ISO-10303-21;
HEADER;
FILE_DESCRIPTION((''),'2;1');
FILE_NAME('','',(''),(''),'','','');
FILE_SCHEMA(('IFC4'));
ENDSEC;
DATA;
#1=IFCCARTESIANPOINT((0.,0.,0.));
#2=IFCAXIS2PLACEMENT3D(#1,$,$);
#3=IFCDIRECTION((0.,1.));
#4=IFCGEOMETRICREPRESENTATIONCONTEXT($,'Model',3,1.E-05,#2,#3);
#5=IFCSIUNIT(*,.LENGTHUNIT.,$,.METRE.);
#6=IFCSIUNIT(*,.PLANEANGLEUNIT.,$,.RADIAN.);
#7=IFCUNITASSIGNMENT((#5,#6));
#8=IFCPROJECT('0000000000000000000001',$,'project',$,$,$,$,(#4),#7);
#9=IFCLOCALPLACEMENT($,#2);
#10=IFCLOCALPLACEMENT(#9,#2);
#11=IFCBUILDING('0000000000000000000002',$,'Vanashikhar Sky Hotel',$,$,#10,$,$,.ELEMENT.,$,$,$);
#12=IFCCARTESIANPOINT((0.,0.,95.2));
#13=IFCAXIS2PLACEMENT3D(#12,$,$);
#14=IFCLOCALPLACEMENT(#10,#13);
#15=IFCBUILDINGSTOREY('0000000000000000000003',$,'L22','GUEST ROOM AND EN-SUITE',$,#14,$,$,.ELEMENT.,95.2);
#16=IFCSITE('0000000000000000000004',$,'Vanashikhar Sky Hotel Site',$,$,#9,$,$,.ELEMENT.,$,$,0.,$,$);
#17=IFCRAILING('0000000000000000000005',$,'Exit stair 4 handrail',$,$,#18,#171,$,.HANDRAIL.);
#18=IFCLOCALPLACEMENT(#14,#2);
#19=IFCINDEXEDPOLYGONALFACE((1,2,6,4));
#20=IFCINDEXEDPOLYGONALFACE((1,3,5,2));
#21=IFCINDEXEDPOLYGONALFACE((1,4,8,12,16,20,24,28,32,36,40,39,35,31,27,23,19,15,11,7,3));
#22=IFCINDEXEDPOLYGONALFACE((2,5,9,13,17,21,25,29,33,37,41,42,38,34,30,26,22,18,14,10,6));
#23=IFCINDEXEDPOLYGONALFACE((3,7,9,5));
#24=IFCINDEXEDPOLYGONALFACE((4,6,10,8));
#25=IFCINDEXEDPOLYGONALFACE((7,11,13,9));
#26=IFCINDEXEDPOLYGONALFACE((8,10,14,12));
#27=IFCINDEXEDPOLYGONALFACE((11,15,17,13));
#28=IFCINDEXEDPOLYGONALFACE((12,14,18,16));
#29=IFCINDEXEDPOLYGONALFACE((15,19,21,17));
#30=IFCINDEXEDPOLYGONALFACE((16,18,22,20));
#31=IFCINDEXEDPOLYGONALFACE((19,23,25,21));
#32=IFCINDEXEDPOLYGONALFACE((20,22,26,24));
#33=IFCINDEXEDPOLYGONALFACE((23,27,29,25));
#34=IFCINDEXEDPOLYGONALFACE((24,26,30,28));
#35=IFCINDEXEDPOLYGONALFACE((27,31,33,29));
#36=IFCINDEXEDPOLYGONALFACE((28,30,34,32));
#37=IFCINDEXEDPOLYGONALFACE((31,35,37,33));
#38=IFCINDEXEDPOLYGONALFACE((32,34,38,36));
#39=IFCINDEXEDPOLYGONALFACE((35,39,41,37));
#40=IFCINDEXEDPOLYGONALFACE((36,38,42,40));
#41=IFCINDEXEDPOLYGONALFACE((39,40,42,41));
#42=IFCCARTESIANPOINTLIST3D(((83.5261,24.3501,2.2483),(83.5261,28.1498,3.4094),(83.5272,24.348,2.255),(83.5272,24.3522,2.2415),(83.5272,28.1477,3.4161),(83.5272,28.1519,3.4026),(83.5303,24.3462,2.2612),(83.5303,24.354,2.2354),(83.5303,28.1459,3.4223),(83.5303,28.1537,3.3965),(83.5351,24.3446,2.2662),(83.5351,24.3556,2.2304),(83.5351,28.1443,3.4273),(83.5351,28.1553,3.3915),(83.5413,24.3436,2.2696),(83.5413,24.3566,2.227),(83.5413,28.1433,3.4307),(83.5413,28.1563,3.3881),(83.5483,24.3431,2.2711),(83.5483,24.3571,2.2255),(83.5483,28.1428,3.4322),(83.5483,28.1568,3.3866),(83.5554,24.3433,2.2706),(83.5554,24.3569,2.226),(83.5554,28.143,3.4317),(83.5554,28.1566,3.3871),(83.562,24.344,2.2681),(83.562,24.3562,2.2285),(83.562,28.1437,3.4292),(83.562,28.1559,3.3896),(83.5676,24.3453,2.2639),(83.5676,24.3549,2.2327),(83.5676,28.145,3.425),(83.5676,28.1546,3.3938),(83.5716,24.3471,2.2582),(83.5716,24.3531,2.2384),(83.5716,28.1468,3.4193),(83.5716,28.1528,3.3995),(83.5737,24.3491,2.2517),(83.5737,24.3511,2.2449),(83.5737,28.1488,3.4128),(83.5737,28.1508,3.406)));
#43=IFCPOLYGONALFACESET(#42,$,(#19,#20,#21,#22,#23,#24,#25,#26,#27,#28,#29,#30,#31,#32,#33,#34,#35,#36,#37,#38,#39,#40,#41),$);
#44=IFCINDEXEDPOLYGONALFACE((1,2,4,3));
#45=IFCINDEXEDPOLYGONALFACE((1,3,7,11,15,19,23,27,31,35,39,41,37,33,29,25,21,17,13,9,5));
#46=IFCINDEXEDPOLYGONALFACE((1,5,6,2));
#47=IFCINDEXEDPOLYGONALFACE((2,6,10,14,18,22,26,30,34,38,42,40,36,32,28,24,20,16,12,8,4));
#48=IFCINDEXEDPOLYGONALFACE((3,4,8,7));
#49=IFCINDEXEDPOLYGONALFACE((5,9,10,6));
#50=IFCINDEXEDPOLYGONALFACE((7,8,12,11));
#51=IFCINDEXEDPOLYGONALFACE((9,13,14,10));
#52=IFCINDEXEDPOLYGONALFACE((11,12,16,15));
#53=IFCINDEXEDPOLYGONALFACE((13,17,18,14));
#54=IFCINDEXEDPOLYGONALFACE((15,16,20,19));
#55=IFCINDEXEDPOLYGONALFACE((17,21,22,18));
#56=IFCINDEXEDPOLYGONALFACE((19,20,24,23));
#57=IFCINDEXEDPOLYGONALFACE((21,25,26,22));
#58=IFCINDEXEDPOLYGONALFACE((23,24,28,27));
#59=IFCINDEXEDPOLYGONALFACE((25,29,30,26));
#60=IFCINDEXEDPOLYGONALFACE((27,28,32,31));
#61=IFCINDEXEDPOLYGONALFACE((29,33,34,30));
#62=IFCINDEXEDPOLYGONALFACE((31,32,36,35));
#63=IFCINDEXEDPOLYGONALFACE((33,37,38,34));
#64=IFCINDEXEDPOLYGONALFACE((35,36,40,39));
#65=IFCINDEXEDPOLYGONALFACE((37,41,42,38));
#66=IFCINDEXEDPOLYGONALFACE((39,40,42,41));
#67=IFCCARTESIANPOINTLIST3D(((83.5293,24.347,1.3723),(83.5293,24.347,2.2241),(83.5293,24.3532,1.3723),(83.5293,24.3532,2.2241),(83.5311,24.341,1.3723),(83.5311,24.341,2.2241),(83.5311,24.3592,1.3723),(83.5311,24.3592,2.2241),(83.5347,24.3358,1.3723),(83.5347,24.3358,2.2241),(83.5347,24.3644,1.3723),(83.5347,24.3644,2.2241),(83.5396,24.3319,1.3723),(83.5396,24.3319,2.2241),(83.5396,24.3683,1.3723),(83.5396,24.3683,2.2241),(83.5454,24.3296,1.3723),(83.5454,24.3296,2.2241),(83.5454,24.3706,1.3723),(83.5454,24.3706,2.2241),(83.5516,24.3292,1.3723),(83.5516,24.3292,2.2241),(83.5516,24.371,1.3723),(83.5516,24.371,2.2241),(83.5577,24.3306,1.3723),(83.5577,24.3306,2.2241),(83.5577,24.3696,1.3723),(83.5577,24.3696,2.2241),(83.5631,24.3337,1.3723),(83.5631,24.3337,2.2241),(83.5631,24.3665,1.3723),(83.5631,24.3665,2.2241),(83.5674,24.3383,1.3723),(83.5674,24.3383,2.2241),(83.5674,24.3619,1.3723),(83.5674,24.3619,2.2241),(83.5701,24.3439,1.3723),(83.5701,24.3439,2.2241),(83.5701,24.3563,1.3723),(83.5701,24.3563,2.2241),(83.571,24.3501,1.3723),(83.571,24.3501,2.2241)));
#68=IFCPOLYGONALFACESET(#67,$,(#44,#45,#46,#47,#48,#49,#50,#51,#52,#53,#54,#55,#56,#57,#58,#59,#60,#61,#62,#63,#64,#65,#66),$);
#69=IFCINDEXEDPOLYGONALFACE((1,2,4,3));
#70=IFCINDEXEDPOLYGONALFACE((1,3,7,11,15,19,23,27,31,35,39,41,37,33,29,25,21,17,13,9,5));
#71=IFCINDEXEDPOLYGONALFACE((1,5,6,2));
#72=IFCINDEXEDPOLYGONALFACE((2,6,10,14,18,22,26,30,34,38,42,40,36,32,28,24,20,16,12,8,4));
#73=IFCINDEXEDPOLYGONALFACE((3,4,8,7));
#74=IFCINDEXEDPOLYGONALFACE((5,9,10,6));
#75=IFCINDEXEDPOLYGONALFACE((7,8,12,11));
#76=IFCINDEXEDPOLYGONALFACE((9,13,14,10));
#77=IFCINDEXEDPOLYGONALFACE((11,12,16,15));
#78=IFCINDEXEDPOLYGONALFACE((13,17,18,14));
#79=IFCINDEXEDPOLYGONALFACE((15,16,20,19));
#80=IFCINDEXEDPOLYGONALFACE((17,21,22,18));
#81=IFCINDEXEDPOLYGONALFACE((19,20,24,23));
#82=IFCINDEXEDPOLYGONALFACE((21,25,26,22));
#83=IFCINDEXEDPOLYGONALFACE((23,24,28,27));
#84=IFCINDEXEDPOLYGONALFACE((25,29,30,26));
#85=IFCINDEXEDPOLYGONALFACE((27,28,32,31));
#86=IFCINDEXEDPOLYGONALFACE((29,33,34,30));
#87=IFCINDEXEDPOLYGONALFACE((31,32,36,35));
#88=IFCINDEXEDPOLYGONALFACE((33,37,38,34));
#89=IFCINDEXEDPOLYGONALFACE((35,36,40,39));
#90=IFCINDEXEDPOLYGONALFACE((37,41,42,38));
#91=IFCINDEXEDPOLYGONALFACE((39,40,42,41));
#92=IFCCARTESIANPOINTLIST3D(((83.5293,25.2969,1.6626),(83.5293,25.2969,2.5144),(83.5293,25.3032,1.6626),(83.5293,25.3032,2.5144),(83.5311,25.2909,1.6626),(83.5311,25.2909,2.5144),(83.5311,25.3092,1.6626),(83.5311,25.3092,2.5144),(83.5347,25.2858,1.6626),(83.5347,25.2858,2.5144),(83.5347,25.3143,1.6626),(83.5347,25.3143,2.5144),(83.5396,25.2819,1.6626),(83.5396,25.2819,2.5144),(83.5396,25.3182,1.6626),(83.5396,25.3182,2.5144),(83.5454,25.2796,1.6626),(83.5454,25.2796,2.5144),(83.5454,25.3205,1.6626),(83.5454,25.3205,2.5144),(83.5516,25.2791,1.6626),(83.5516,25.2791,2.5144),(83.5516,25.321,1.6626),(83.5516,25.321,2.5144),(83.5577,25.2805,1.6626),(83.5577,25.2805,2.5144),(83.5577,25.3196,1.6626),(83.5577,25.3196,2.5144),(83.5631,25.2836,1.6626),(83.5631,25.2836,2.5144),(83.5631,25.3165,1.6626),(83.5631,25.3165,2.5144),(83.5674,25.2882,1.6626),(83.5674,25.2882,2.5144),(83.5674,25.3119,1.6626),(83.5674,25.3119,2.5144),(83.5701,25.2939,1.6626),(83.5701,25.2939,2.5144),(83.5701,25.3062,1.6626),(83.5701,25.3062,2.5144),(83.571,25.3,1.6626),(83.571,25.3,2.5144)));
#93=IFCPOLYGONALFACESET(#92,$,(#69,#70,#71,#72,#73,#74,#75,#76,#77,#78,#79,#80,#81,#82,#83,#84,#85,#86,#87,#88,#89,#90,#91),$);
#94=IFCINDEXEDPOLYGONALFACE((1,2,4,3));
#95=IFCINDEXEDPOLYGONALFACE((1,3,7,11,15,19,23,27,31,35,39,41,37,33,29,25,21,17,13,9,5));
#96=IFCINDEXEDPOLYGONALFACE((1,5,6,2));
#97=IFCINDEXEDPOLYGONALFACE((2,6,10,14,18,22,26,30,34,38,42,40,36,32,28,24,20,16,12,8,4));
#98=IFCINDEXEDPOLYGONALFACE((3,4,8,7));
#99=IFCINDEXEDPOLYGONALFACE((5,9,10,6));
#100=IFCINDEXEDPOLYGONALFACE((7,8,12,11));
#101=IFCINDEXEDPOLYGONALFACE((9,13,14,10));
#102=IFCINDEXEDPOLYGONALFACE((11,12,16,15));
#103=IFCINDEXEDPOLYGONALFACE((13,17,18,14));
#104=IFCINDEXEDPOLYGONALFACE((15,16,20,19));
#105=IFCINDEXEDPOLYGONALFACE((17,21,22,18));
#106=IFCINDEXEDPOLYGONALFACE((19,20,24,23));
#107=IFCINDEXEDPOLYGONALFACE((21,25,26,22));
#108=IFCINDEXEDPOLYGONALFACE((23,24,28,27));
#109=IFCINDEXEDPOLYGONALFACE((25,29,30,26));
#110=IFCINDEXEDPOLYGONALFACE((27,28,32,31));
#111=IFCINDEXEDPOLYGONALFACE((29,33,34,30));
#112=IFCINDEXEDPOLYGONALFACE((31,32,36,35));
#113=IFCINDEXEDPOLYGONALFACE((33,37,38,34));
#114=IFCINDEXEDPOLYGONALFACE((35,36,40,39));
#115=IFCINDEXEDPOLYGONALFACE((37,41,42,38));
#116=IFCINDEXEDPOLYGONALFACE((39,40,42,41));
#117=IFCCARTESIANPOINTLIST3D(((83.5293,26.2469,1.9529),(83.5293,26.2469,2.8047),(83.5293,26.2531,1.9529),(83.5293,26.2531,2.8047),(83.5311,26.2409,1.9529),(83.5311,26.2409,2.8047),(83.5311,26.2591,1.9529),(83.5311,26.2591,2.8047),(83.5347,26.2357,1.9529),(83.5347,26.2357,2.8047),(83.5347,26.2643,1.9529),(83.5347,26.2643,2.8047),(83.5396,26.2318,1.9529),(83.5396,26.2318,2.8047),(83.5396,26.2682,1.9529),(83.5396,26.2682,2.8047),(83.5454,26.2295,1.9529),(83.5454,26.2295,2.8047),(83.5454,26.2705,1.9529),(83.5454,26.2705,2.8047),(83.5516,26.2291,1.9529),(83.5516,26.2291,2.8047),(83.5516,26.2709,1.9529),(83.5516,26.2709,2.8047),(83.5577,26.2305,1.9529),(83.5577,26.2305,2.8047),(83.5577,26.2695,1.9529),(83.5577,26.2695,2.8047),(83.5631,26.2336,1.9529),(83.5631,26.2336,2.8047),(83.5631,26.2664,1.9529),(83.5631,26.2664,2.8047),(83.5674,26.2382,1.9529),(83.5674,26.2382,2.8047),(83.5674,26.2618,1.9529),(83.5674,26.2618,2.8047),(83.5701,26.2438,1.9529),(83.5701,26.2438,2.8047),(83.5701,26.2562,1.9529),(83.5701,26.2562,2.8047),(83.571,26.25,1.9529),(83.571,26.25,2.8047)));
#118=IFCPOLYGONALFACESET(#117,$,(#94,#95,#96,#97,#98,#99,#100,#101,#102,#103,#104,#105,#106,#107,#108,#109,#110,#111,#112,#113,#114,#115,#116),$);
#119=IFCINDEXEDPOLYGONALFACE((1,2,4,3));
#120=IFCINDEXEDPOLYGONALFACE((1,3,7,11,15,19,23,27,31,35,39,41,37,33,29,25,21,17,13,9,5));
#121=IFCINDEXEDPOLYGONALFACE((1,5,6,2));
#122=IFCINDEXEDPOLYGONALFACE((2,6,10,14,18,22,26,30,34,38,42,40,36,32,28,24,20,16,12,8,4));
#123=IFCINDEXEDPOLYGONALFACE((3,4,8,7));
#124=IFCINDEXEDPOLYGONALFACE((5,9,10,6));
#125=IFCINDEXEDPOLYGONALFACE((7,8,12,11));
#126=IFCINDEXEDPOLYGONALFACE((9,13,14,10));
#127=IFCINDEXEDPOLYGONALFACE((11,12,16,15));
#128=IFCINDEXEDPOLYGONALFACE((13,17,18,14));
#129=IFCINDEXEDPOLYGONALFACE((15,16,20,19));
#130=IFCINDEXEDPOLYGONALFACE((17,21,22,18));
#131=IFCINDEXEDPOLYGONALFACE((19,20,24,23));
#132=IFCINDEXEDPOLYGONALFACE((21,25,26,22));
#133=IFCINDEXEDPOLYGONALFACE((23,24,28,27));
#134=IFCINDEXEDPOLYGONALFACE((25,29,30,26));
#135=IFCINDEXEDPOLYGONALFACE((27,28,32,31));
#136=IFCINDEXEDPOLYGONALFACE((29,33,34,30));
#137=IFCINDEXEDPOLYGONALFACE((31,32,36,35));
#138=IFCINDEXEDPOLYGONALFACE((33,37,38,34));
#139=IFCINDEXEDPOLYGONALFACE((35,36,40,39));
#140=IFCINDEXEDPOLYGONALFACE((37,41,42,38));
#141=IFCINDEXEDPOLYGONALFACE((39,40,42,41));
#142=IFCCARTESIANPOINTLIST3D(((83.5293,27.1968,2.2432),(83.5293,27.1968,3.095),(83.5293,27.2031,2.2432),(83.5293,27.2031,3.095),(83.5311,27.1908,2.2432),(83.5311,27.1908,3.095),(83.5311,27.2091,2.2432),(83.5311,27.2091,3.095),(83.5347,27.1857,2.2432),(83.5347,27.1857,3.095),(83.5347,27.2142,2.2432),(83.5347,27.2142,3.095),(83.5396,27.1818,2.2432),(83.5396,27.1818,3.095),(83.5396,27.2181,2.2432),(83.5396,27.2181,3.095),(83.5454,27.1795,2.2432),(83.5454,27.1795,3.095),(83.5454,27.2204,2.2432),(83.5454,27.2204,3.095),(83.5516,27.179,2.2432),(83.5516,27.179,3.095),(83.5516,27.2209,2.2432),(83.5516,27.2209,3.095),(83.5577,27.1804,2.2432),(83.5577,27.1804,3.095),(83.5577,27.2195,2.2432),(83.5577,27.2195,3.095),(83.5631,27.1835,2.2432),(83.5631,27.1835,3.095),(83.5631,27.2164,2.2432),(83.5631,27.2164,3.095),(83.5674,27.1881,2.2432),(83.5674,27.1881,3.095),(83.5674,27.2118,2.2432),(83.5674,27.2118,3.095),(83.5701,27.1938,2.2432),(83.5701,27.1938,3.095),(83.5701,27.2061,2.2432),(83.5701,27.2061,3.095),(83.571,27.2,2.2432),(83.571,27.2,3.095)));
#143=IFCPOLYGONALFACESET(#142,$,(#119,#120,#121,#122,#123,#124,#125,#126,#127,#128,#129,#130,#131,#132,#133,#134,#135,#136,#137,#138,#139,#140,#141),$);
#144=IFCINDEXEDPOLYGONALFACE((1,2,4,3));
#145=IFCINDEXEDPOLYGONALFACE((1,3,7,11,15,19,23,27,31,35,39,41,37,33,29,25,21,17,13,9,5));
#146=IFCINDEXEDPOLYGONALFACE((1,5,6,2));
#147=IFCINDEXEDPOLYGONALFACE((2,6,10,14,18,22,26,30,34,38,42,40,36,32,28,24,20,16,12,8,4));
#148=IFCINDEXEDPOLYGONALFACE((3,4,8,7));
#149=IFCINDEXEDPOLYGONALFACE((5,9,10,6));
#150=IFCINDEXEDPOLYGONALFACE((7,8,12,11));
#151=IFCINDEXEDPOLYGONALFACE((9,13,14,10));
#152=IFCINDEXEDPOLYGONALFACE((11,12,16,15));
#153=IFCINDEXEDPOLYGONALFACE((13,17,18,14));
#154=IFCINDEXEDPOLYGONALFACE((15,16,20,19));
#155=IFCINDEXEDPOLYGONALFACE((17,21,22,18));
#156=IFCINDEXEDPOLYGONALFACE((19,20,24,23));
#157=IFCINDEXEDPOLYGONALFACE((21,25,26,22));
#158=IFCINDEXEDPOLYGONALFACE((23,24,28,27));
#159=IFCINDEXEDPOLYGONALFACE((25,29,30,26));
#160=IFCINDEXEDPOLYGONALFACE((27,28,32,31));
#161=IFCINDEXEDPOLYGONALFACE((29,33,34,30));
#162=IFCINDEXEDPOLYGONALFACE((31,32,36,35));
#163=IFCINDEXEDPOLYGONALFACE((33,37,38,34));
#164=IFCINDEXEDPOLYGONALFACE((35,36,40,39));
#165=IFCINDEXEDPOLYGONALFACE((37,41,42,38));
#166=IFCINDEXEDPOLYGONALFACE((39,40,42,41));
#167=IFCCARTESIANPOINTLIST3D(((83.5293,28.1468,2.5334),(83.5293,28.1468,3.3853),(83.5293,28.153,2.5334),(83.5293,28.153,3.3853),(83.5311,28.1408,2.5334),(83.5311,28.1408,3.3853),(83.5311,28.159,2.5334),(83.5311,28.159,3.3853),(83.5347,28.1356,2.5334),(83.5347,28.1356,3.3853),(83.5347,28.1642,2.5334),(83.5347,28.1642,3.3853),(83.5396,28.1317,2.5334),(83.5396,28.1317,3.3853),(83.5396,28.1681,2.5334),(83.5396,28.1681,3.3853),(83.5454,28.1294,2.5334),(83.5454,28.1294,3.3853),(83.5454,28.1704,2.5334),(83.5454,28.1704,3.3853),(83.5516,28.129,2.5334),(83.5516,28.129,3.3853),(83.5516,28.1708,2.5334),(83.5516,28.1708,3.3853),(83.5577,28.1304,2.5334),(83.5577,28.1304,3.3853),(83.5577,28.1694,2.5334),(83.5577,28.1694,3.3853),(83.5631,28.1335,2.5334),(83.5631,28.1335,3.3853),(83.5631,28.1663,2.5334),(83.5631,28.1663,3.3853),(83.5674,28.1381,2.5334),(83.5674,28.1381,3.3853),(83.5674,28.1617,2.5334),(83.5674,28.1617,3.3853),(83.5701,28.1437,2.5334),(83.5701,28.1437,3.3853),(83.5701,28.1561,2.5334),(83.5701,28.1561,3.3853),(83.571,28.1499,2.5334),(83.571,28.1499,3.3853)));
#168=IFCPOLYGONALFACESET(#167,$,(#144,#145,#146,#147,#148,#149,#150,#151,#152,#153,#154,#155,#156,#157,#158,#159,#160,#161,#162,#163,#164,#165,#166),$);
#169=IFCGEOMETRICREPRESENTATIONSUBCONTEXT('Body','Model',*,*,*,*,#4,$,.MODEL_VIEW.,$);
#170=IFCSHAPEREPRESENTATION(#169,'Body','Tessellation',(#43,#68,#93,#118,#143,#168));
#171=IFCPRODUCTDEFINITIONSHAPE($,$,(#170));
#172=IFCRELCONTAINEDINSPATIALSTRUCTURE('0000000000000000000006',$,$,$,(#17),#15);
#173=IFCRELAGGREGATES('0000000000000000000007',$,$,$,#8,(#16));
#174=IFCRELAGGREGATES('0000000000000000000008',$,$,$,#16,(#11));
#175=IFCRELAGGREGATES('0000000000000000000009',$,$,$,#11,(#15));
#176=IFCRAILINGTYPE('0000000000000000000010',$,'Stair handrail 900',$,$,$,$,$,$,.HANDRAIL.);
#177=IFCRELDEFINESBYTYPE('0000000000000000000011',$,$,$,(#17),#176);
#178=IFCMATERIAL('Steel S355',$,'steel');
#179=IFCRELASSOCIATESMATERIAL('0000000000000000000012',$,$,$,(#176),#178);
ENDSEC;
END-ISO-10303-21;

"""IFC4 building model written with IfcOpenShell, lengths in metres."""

from ifc_helpers import new_model, si_unit, direction, frame, origin, origin_2d, place, context, subcontext, project, spatial, circle, extrude, source, transform, mapped, material, type_object, element, save


model = new_model("IFC4")

# Units and contexts
model_context = context("Model", 3, precision=1e-05, world=origin(), true_north=direction((0.0, 1.0)))
body_context = subcontext(model_context, "Body", "Model", "MODEL_VIEW")
ifc_project = project(units=[si_unit("LENGTHUNIT", "METRE"), si_unit("PLANEANGLEUNIT", "RADIAN")], contexts=[model_context])

# Site, building, storey
site_placement = place(None, origin())
site = spatial("IfcSite", under=ifc_project, at=site_placement, Name="Vanashikhar Sky Hotel Site", CompositionType="ELEMENT", RefElevation=0.0)
building_placement = place(site_placement, origin())
building = spatial("IfcBuilding", under=site, at=building_placement, Name="Vanashikhar Sky Hotel", CompositionType="ELEMENT")
storey_placement = place(building_placement, frame((0.0, 0.0, 95.2)))
storey = spatial("IfcBuildingStorey", under=building, at=storey_placement, Name="L22", Description="GUEST ROOM AND EN-SUITE", CompositionType="ELEMENT", Elevation=95.2)

# Railing
ifc_material_1 = material(Name="Steel S355", Category="steel")
railing_type_1 = type_object("IfcRailingType", Name="Stair handrail 900", PredefinedType="HANDRAIL", material=ifc_material_1)
shared_shape_1 = source(origin(), body_context, "Body", "SweptSolid", [
    extrude(circle(Radius=0.0239, at=origin_2d()), frame((0.0, 0.0, 0.876), z_axis=(0.0, 0.956346, 0.292237), x_axis=(-1.0, 0.0, 0.0)), (0.0, 0.0, 1.0), 3.9731),
    extrude(circle(Radius=0.021, at=origin_2d()), origin(), (0.0, 0.0, 1.0), 0.8518),
    extrude(circle(Radius=0.021, at=origin_2d()), frame((0.0, 0.95, 0.2903)), (0.0, 0.0, 1.0), 0.8518),
    extrude(circle(Radius=0.021, at=origin_2d()), frame((0.0, 1.8999, 0.5806)), (0.0, 0.0, 1.0), 0.8518),
    extrude(circle(Radius=0.021, at=origin_2d()), frame((0.0, 2.8499, 0.8708)), (0.0, 0.0, 1.0), 0.8518),
    extrude(circle(Radius=0.021, at=origin_2d()), frame((0.0, 3.7998, 1.1611)), (0.0, 0.0, 1.0), 0.8518),
])
railing_1_placement = place(storey_placement, frame((83.55, 24.3501, 1.3723)))
element("IfcRailing", 1, at=railing_1_placement, inside=storey, type_object=railing_type_1, Name="Exit stair 4 handrail", PredefinedType="HANDRAIL", context=body_context, shape_type="MappedRepresentation", body=[
    mapped(shared_shape_1, transform((0.0, 0.0, 0.0), scale=1.0)),
])

save(model, "model.ifc")
